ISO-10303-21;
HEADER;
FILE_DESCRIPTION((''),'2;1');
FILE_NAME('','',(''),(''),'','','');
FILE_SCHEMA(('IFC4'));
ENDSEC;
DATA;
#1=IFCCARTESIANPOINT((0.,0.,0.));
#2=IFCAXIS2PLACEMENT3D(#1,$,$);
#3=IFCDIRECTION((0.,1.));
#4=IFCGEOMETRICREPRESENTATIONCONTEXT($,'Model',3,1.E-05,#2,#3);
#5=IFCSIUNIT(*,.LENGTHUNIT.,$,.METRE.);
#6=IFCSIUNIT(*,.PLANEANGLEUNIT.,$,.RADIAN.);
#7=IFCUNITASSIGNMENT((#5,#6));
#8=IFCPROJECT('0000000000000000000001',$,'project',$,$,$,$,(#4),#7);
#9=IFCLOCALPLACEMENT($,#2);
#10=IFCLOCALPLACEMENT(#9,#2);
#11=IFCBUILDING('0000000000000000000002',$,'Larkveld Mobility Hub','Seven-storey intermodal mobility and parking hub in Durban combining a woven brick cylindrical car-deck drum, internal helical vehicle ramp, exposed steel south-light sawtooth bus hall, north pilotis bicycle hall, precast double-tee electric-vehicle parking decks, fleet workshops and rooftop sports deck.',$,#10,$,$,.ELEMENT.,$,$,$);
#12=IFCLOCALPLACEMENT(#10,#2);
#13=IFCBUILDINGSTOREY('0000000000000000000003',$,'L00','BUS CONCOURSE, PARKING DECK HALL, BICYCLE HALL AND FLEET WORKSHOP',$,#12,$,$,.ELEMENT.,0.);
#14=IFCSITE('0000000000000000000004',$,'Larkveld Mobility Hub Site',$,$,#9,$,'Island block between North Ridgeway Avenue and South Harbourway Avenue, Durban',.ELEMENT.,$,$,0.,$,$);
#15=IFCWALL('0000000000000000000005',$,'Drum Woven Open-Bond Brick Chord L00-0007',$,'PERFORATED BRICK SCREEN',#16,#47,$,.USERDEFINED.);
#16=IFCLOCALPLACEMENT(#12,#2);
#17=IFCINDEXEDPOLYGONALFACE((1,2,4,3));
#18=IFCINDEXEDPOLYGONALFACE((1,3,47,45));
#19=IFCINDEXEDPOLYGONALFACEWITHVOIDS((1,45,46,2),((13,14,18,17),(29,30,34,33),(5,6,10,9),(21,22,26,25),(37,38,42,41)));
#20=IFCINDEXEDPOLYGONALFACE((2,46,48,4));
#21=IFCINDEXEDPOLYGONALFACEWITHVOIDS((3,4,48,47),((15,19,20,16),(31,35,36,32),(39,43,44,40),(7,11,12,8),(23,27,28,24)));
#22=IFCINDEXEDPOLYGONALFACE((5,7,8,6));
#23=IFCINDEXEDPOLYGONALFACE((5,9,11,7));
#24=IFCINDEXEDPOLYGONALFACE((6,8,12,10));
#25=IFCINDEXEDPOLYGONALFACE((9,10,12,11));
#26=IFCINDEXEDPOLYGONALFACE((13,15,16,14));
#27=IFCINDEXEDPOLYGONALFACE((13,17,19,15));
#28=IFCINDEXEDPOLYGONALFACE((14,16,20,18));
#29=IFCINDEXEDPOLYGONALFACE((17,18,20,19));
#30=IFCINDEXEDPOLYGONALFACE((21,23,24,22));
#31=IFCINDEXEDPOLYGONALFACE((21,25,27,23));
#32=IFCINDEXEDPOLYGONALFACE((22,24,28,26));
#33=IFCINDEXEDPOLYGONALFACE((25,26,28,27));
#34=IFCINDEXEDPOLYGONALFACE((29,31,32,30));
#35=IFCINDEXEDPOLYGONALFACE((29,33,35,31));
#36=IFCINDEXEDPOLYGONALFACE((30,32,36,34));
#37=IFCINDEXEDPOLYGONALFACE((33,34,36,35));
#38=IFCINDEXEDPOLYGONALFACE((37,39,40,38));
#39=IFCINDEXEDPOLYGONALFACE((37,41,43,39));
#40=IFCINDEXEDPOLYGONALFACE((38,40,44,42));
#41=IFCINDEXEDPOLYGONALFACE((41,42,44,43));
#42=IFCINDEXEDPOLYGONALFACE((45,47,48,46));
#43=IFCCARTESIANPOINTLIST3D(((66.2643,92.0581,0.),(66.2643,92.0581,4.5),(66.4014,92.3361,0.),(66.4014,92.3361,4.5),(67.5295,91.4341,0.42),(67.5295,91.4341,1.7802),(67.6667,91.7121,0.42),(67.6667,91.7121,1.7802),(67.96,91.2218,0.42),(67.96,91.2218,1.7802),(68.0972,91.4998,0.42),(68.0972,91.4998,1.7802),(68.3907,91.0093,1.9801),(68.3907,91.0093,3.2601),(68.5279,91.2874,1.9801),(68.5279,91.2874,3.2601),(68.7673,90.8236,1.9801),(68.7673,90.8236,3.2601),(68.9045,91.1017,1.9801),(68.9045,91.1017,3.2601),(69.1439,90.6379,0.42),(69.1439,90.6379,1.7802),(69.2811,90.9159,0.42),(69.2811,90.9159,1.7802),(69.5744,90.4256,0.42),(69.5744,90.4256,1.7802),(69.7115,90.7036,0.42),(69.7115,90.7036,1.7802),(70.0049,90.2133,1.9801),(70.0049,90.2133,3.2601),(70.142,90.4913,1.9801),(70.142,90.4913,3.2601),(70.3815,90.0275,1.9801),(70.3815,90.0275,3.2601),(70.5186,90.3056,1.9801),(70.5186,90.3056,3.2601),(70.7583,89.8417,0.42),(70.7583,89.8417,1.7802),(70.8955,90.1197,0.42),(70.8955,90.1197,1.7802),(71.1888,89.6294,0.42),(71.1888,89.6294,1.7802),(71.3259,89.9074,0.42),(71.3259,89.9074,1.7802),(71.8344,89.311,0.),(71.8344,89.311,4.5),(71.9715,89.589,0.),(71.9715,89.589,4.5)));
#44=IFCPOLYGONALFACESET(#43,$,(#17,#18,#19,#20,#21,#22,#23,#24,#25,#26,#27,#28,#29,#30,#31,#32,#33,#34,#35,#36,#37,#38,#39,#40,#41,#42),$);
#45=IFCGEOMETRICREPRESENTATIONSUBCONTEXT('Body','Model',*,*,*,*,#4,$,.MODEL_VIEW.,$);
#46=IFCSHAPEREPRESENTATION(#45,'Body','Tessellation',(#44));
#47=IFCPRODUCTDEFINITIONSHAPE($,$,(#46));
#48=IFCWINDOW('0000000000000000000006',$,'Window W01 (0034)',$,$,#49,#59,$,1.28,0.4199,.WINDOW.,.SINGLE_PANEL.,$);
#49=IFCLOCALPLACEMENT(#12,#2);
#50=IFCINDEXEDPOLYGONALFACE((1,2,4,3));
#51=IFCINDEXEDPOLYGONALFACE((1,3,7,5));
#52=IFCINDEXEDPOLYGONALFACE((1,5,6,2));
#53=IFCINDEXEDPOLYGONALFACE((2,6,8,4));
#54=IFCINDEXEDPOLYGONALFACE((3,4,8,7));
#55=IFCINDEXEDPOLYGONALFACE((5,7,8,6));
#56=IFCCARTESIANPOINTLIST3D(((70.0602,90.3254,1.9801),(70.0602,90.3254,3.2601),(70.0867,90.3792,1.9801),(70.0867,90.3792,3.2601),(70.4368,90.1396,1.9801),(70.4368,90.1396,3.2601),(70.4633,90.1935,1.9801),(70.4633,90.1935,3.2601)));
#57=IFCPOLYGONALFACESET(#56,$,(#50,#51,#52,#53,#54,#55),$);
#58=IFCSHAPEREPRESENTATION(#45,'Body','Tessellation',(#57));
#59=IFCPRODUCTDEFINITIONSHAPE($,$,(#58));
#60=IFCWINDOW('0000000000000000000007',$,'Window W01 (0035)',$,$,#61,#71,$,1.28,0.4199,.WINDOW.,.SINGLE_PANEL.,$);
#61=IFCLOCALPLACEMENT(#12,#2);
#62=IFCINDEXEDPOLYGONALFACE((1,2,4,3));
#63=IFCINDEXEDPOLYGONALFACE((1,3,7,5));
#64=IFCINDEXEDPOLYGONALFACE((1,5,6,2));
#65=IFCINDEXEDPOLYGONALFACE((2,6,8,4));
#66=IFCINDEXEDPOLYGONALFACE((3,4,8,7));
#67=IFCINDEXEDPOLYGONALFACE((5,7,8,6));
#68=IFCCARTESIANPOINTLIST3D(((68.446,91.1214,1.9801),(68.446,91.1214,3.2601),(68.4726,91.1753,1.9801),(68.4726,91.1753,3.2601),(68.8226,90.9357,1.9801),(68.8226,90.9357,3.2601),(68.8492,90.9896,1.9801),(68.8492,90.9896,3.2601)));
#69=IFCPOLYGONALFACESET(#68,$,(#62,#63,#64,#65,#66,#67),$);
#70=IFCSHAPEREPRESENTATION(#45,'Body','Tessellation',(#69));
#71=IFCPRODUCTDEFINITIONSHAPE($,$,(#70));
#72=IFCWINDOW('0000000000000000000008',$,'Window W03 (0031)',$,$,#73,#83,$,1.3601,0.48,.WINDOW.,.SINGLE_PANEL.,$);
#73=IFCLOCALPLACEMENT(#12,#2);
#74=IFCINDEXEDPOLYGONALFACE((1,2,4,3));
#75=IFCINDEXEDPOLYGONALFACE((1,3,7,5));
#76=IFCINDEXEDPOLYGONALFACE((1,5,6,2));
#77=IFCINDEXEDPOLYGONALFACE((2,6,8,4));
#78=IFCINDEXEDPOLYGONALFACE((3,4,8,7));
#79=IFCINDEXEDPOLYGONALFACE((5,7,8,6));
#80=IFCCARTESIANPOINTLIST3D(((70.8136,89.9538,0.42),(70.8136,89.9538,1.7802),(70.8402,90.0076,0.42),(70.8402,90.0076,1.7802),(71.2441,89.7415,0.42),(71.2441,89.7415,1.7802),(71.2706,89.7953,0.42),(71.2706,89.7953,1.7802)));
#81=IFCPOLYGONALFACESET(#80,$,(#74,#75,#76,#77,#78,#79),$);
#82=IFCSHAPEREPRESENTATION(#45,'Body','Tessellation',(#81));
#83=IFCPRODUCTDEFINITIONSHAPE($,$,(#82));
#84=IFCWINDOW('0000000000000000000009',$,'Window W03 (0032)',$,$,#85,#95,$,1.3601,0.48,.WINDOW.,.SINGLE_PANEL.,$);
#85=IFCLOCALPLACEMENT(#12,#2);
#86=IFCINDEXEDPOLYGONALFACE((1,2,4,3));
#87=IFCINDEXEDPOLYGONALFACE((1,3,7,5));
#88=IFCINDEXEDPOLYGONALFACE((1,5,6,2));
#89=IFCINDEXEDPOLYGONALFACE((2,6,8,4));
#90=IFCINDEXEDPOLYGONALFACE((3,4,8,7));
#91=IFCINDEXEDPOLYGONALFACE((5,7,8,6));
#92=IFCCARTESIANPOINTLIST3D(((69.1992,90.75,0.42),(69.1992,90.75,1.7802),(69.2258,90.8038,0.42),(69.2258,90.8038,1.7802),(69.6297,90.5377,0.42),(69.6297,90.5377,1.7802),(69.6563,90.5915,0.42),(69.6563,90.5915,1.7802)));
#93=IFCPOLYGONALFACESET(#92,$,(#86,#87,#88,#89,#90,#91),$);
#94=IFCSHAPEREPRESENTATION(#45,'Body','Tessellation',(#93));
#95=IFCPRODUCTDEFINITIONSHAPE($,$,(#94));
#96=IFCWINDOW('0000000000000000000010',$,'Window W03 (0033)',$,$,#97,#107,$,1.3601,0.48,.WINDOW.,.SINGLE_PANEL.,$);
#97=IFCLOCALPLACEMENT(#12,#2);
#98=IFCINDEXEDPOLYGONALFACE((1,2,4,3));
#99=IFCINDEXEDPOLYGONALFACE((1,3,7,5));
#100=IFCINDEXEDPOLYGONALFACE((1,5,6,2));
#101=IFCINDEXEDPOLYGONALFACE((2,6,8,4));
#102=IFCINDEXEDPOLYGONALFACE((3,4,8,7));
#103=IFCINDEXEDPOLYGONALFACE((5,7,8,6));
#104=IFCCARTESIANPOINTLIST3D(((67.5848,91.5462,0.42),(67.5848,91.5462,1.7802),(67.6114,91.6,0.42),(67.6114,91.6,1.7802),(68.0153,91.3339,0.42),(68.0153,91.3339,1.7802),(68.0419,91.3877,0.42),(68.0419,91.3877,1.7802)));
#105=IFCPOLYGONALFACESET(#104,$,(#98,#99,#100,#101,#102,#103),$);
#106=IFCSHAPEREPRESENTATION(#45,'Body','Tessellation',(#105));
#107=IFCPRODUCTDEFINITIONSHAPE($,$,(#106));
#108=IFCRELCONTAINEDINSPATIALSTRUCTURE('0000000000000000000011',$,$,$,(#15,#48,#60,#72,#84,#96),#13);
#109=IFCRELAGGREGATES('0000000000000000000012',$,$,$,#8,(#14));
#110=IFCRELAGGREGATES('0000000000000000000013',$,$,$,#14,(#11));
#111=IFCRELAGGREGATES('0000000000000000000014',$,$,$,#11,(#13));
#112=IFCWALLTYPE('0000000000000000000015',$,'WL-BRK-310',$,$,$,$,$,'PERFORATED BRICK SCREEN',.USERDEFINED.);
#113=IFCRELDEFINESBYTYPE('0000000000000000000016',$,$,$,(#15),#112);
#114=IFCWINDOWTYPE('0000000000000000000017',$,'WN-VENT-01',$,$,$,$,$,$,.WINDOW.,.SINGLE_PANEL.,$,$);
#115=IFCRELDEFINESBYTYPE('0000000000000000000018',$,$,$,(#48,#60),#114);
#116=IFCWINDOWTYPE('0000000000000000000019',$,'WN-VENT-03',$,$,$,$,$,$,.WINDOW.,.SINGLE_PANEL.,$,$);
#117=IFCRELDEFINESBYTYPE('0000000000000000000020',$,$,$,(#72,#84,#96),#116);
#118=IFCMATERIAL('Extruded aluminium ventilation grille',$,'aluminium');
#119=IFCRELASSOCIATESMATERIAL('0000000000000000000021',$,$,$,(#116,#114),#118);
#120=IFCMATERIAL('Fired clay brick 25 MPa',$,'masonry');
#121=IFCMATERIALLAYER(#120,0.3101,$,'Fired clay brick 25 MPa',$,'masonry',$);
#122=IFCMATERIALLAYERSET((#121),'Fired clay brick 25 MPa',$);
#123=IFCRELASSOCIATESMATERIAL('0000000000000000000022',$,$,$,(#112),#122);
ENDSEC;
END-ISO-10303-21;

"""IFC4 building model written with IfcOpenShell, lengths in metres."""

from ifc_helpers import new_model, si_unit, direction, frame, frame_2d, origin, place, context, subcontext, project, spatial, rectangle, extrude, material, layer, layer_set, type_object, element, fill, save


model = new_model("IFC4")

# Units and contexts
model_context = context("Model", 3, precision=1e-05, world=origin(), true_north=direction((0.0, 1.0)))
body_context = subcontext(model_context, "Body", "Model", "MODEL_VIEW")
ifc_project = project(units=[si_unit("LENGTHUNIT", "METRE"), si_unit("PLANEANGLEUNIT", "RADIAN")], contexts=[model_context])

# Site, building, storey
site_placement = place(None, origin())
site = spatial("IfcSite", under=ifc_project, at=site_placement, Name="Larkveld Mobility Hub Site", LongName="Island block between North Ridgeway Avenue and South Harbourway Avenue, Durban", CompositionType="ELEMENT", RefElevation=0.0)
building_placement = place(site_placement, origin())
building = spatial("IfcBuilding", under=site, at=building_placement, Name="Larkveld Mobility Hub", Description="Seven-storey intermodal mobility and parking hub in Durban combining a woven brick cylindrical car-deck drum, internal helical vehicle ramp, exposed steel south-light sawtooth bus hall, north pilotis bicycle hall, precast double-tee electric-vehicle parking decks, fleet workshops and rooftop sports deck.", CompositionType="ELEMENT")
storey_placement = place(building_placement, origin())
storey = spatial("IfcBuildingStorey", under=building, at=storey_placement, Name="L00", Description="BUS CONCOURSE, PARKING DECK HALL, BICYCLE HALL AND FLEET WORKSHOP", CompositionType="ELEMENT", Elevation=0.0)

# Wall, openings, windows
ifc_material_1 = material(Name="Fired clay brick 25 MPa", Category="masonry")
ifc_material_2 = material(Name="Extruded aluminium ventilation grille", Category="aluminium")
window_type_1 = type_object("IfcWindowType", Name="WN-VENT-03", PartitioningType="SINGLE_PANEL", PredefinedType="WINDOW", material=ifc_material_2)
ifc_layer_1 = layer(ifc_material_1, 0.3101, Name="Fired clay brick 25 MPa", Category="masonry")
ifc_layer_set_1 = layer_set([ifc_layer_1], Name="Fired clay brick 25 MPa")
wall_type_1 = type_object("IfcWallType", Name="WL-BRK-310", ElementType="PERFORATED BRICK SCREEN", PredefinedType="USERDEFINED", material=ifc_layer_set_1)
wall_1_placement = place(storey_placement, frame((71.9031, 89.45, 0.0), z_axis=(0.0, 0.0, 1.0), x_axis=(-0.896859, 0.442317, 0.0)))
wall_1 = element("IfcWall", 1, at=wall_1_placement, inside=storey, type_object=wall_type_1, Name="Drum Woven Open-Bond Brick Chord L00-0007", ObjectType="PERFORATED BRICK SCREEN", PredefinedType="USERDEFINED", context=body_context, shape_type="SweptSolid", body=[
    extrude(rectangle(XDim=6.2107, YDim=0.3101, at=frame_2d((3.1055, 0.0))), origin(), (0.0, 0.0, 1.0), 4.5),
])
opening_1_placement = place(wall_1_placement, frame((0.72, 0.0, 0.4199)))
opening_1 = element("IfcOpeningElement", 2, at=opening_1_placement, cuts=wall_1, PredefinedType="OPENING", context=body_context, shape_type="SweptSolid", body=[
    extrude(rectangle(XDim=0.48, YDim=1.3601, at=frame_2d((0.24, 0.6802))), frame((0.0, 0.165, 0.0), z_axis=(0.0, -1.0, 0.0), x_axis=(1.0, 0.0, 0.0)), (0.0, 0.0, 1.0), 0.3301),
])
opening_2_placement = place(wall_1_placement, frame((2.52, 0.0, 0.4199)))
opening_2 = element("IfcOpeningElement", 3, at=opening_2_placement, cuts=wall_1, PredefinedType="OPENING", context=body_context, shape_type="SweptSolid", body=[
    extrude(rectangle(XDim=0.48, YDim=1.3601, at=frame_2d((0.24, 0.6802))), frame((0.0, 0.165, 0.0), z_axis=(0.0, -1.0, 0.0), x_axis=(1.0, 0.0, 0.0)), (0.0, 0.0, 1.0), 0.3301),
])
opening_3_placement = place(wall_1_placement, frame((4.3201, 0.0, 0.4199)))
opening_3 = element("IfcOpeningElement", 4, at=opening_3_placement, cuts=wall_1, PredefinedType="OPENING", context=body_context, shape_type="SweptSolid", body=[
    extrude(rectangle(XDim=0.48, YDim=1.3601, at=frame_2d((0.24, 0.6802))), frame((0.0, 0.165, 0.0), z_axis=(0.0, -1.0, 0.0), x_axis=(1.0, 0.0, 0.0)), (0.0, 0.0, 1.0), 0.3301),
])
opening_4_placement = place(wall_1_placement, frame((1.6201, 0.0, 1.98)))
opening_4 = element("IfcOpeningElement", 5, at=opening_4_placement, cuts=wall_1, PredefinedType="OPENING", context=body_context, shape_type="SweptSolid", body=[
    extrude(rectangle(XDim=0.4199, YDim=1.28, at=frame_2d((0.21, 0.6401))), frame((0.0, 0.165, 0.0), z_axis=(0.0, -1.0, 0.0), x_axis=(1.0, 0.0, 0.0)), (0.0, 0.0, 1.0), 0.3301),
])
opening_5_placement = place(wall_1_placement, frame((3.4199, 0.0, 1.98)))
opening_5 = element("IfcOpeningElement", 6, at=opening_5_placement, cuts=wall_1, PredefinedType="OPENING", context=body_context, shape_type="SweptSolid", body=[
    extrude(rectangle(XDim=0.4199, YDim=1.28, at=frame_2d((0.21, 0.6401))), frame((0.0, 0.165, 0.0), z_axis=(0.0, -1.0, 0.0), x_axis=(1.0, 0.0, 0.0)), (0.0, 0.0, 1.0), 0.3301),
])
window_type_2 = type_object("IfcWindowType", Name="WN-VENT-01", PartitioningType="SINGLE_PANEL", PredefinedType="WINDOW", material=ifc_material_2)
window_1_placement = place(opening_4_placement, origin())
window_1 = element("IfcWindow", 7, at=window_1_placement, inside=storey, type_object=window_type_2, Name="Window W01 (0034)", OverallHeight=1.28, OverallWidth=0.4199, PartitioningType="SINGLE_PANEL", PredefinedType="WINDOW", context=body_context, shape_type="SweptSolid", body=[
    extrude(rectangle(XDim=0.4199, YDim=1.28, at=frame_2d((0.21, 0.6401))), frame((0.0, 0.03, 0.0), z_axis=(0.0, -1.0, 0.0), x_axis=(1.0, 0.0, 0.0)), (0.0, 0.0, 1.0), 0.0601),
])
fill(opening_4, window_1)
window_2_placement = place(opening_5_placement, origin())
window_2 = element("IfcWindow", 8, at=window_2_placement, inside=storey, type_object=window_type_2, Name="Window W01 (0035)", OverallHeight=1.28, OverallWidth=0.4199, PartitioningType="SINGLE_PANEL", PredefinedType="WINDOW", context=body_context, shape_type="SweptSolid", body=[
    extrude(rectangle(XDim=0.4199, YDim=1.28, at=frame_2d((0.21, 0.6401))), frame((0.0, 0.03, 0.0), z_axis=(0.0, -1.0, 0.0), x_axis=(1.0, 0.0, 0.0)), (0.0, 0.0, 1.0), 0.0601),
])
fill(opening_5, window_2)
window_3_placement = place(opening_1_placement, origin())
window_3 = element("IfcWindow", 9, at=window_3_placement, inside=storey, type_object=window_type_1, Name="Window W03 (0031)", OverallHeight=1.3601, OverallWidth=0.48, PartitioningType="SINGLE_PANEL", PredefinedType="WINDOW", context=body_context, shape_type="SweptSolid", body=[
    extrude(rectangle(XDim=0.48, YDim=1.3601, at=frame_2d((0.24, 0.6802))), frame((0.0, 0.03, 0.0), z_axis=(0.0, -1.0, 0.0), x_axis=(1.0, 0.0, 0.0)), (0.0, 0.0, 1.0), 0.0601),
])
fill(opening_1, window_3)
window_4_placement = place(opening_2_placement, origin())
window_4 = element("IfcWindow", 10, at=window_4_placement, inside=storey, type_object=window_type_1, Name="Window W03 (0032)", OverallHeight=1.3601, OverallWidth=0.48, PartitioningType="SINGLE_PANEL", PredefinedType="WINDOW", context=body_context, shape_type="SweptSolid", body=[
    extrude(rectangle(XDim=0.48, YDim=1.3601, at=frame_2d((0.24, 0.6802))), frame((0.0, 0.03, 0.0), z_axis=(0.0, -1.0, 0.0), x_axis=(1.0, 0.0, 0.0)), (0.0, 0.0, 1.0), 0.0601),
])
fill(opening_2, window_4)
window_5_placement = place(opening_3_placement, origin())
window_5 = element("IfcWindow", 11, at=window_5_placement, inside=storey, type_object=window_type_1, Name="Window W03 (0033)", OverallHeight=1.3601, OverallWidth=0.48, PartitioningType="SINGLE_PANEL", PredefinedType="WINDOW", context=body_context, shape_type="SweptSolid", body=[
    extrude(rectangle(XDim=0.48, YDim=1.3601, at=frame_2d((0.24, 0.6802))), frame((0.0, 0.03, 0.0), z_axis=(0.0, -1.0, 0.0), x_axis=(1.0, 0.0, 0.0)), (0.0, 0.0, 1.0), 0.0601),
])
fill(opening_3, window_5)

save(model, "model.ifc")
